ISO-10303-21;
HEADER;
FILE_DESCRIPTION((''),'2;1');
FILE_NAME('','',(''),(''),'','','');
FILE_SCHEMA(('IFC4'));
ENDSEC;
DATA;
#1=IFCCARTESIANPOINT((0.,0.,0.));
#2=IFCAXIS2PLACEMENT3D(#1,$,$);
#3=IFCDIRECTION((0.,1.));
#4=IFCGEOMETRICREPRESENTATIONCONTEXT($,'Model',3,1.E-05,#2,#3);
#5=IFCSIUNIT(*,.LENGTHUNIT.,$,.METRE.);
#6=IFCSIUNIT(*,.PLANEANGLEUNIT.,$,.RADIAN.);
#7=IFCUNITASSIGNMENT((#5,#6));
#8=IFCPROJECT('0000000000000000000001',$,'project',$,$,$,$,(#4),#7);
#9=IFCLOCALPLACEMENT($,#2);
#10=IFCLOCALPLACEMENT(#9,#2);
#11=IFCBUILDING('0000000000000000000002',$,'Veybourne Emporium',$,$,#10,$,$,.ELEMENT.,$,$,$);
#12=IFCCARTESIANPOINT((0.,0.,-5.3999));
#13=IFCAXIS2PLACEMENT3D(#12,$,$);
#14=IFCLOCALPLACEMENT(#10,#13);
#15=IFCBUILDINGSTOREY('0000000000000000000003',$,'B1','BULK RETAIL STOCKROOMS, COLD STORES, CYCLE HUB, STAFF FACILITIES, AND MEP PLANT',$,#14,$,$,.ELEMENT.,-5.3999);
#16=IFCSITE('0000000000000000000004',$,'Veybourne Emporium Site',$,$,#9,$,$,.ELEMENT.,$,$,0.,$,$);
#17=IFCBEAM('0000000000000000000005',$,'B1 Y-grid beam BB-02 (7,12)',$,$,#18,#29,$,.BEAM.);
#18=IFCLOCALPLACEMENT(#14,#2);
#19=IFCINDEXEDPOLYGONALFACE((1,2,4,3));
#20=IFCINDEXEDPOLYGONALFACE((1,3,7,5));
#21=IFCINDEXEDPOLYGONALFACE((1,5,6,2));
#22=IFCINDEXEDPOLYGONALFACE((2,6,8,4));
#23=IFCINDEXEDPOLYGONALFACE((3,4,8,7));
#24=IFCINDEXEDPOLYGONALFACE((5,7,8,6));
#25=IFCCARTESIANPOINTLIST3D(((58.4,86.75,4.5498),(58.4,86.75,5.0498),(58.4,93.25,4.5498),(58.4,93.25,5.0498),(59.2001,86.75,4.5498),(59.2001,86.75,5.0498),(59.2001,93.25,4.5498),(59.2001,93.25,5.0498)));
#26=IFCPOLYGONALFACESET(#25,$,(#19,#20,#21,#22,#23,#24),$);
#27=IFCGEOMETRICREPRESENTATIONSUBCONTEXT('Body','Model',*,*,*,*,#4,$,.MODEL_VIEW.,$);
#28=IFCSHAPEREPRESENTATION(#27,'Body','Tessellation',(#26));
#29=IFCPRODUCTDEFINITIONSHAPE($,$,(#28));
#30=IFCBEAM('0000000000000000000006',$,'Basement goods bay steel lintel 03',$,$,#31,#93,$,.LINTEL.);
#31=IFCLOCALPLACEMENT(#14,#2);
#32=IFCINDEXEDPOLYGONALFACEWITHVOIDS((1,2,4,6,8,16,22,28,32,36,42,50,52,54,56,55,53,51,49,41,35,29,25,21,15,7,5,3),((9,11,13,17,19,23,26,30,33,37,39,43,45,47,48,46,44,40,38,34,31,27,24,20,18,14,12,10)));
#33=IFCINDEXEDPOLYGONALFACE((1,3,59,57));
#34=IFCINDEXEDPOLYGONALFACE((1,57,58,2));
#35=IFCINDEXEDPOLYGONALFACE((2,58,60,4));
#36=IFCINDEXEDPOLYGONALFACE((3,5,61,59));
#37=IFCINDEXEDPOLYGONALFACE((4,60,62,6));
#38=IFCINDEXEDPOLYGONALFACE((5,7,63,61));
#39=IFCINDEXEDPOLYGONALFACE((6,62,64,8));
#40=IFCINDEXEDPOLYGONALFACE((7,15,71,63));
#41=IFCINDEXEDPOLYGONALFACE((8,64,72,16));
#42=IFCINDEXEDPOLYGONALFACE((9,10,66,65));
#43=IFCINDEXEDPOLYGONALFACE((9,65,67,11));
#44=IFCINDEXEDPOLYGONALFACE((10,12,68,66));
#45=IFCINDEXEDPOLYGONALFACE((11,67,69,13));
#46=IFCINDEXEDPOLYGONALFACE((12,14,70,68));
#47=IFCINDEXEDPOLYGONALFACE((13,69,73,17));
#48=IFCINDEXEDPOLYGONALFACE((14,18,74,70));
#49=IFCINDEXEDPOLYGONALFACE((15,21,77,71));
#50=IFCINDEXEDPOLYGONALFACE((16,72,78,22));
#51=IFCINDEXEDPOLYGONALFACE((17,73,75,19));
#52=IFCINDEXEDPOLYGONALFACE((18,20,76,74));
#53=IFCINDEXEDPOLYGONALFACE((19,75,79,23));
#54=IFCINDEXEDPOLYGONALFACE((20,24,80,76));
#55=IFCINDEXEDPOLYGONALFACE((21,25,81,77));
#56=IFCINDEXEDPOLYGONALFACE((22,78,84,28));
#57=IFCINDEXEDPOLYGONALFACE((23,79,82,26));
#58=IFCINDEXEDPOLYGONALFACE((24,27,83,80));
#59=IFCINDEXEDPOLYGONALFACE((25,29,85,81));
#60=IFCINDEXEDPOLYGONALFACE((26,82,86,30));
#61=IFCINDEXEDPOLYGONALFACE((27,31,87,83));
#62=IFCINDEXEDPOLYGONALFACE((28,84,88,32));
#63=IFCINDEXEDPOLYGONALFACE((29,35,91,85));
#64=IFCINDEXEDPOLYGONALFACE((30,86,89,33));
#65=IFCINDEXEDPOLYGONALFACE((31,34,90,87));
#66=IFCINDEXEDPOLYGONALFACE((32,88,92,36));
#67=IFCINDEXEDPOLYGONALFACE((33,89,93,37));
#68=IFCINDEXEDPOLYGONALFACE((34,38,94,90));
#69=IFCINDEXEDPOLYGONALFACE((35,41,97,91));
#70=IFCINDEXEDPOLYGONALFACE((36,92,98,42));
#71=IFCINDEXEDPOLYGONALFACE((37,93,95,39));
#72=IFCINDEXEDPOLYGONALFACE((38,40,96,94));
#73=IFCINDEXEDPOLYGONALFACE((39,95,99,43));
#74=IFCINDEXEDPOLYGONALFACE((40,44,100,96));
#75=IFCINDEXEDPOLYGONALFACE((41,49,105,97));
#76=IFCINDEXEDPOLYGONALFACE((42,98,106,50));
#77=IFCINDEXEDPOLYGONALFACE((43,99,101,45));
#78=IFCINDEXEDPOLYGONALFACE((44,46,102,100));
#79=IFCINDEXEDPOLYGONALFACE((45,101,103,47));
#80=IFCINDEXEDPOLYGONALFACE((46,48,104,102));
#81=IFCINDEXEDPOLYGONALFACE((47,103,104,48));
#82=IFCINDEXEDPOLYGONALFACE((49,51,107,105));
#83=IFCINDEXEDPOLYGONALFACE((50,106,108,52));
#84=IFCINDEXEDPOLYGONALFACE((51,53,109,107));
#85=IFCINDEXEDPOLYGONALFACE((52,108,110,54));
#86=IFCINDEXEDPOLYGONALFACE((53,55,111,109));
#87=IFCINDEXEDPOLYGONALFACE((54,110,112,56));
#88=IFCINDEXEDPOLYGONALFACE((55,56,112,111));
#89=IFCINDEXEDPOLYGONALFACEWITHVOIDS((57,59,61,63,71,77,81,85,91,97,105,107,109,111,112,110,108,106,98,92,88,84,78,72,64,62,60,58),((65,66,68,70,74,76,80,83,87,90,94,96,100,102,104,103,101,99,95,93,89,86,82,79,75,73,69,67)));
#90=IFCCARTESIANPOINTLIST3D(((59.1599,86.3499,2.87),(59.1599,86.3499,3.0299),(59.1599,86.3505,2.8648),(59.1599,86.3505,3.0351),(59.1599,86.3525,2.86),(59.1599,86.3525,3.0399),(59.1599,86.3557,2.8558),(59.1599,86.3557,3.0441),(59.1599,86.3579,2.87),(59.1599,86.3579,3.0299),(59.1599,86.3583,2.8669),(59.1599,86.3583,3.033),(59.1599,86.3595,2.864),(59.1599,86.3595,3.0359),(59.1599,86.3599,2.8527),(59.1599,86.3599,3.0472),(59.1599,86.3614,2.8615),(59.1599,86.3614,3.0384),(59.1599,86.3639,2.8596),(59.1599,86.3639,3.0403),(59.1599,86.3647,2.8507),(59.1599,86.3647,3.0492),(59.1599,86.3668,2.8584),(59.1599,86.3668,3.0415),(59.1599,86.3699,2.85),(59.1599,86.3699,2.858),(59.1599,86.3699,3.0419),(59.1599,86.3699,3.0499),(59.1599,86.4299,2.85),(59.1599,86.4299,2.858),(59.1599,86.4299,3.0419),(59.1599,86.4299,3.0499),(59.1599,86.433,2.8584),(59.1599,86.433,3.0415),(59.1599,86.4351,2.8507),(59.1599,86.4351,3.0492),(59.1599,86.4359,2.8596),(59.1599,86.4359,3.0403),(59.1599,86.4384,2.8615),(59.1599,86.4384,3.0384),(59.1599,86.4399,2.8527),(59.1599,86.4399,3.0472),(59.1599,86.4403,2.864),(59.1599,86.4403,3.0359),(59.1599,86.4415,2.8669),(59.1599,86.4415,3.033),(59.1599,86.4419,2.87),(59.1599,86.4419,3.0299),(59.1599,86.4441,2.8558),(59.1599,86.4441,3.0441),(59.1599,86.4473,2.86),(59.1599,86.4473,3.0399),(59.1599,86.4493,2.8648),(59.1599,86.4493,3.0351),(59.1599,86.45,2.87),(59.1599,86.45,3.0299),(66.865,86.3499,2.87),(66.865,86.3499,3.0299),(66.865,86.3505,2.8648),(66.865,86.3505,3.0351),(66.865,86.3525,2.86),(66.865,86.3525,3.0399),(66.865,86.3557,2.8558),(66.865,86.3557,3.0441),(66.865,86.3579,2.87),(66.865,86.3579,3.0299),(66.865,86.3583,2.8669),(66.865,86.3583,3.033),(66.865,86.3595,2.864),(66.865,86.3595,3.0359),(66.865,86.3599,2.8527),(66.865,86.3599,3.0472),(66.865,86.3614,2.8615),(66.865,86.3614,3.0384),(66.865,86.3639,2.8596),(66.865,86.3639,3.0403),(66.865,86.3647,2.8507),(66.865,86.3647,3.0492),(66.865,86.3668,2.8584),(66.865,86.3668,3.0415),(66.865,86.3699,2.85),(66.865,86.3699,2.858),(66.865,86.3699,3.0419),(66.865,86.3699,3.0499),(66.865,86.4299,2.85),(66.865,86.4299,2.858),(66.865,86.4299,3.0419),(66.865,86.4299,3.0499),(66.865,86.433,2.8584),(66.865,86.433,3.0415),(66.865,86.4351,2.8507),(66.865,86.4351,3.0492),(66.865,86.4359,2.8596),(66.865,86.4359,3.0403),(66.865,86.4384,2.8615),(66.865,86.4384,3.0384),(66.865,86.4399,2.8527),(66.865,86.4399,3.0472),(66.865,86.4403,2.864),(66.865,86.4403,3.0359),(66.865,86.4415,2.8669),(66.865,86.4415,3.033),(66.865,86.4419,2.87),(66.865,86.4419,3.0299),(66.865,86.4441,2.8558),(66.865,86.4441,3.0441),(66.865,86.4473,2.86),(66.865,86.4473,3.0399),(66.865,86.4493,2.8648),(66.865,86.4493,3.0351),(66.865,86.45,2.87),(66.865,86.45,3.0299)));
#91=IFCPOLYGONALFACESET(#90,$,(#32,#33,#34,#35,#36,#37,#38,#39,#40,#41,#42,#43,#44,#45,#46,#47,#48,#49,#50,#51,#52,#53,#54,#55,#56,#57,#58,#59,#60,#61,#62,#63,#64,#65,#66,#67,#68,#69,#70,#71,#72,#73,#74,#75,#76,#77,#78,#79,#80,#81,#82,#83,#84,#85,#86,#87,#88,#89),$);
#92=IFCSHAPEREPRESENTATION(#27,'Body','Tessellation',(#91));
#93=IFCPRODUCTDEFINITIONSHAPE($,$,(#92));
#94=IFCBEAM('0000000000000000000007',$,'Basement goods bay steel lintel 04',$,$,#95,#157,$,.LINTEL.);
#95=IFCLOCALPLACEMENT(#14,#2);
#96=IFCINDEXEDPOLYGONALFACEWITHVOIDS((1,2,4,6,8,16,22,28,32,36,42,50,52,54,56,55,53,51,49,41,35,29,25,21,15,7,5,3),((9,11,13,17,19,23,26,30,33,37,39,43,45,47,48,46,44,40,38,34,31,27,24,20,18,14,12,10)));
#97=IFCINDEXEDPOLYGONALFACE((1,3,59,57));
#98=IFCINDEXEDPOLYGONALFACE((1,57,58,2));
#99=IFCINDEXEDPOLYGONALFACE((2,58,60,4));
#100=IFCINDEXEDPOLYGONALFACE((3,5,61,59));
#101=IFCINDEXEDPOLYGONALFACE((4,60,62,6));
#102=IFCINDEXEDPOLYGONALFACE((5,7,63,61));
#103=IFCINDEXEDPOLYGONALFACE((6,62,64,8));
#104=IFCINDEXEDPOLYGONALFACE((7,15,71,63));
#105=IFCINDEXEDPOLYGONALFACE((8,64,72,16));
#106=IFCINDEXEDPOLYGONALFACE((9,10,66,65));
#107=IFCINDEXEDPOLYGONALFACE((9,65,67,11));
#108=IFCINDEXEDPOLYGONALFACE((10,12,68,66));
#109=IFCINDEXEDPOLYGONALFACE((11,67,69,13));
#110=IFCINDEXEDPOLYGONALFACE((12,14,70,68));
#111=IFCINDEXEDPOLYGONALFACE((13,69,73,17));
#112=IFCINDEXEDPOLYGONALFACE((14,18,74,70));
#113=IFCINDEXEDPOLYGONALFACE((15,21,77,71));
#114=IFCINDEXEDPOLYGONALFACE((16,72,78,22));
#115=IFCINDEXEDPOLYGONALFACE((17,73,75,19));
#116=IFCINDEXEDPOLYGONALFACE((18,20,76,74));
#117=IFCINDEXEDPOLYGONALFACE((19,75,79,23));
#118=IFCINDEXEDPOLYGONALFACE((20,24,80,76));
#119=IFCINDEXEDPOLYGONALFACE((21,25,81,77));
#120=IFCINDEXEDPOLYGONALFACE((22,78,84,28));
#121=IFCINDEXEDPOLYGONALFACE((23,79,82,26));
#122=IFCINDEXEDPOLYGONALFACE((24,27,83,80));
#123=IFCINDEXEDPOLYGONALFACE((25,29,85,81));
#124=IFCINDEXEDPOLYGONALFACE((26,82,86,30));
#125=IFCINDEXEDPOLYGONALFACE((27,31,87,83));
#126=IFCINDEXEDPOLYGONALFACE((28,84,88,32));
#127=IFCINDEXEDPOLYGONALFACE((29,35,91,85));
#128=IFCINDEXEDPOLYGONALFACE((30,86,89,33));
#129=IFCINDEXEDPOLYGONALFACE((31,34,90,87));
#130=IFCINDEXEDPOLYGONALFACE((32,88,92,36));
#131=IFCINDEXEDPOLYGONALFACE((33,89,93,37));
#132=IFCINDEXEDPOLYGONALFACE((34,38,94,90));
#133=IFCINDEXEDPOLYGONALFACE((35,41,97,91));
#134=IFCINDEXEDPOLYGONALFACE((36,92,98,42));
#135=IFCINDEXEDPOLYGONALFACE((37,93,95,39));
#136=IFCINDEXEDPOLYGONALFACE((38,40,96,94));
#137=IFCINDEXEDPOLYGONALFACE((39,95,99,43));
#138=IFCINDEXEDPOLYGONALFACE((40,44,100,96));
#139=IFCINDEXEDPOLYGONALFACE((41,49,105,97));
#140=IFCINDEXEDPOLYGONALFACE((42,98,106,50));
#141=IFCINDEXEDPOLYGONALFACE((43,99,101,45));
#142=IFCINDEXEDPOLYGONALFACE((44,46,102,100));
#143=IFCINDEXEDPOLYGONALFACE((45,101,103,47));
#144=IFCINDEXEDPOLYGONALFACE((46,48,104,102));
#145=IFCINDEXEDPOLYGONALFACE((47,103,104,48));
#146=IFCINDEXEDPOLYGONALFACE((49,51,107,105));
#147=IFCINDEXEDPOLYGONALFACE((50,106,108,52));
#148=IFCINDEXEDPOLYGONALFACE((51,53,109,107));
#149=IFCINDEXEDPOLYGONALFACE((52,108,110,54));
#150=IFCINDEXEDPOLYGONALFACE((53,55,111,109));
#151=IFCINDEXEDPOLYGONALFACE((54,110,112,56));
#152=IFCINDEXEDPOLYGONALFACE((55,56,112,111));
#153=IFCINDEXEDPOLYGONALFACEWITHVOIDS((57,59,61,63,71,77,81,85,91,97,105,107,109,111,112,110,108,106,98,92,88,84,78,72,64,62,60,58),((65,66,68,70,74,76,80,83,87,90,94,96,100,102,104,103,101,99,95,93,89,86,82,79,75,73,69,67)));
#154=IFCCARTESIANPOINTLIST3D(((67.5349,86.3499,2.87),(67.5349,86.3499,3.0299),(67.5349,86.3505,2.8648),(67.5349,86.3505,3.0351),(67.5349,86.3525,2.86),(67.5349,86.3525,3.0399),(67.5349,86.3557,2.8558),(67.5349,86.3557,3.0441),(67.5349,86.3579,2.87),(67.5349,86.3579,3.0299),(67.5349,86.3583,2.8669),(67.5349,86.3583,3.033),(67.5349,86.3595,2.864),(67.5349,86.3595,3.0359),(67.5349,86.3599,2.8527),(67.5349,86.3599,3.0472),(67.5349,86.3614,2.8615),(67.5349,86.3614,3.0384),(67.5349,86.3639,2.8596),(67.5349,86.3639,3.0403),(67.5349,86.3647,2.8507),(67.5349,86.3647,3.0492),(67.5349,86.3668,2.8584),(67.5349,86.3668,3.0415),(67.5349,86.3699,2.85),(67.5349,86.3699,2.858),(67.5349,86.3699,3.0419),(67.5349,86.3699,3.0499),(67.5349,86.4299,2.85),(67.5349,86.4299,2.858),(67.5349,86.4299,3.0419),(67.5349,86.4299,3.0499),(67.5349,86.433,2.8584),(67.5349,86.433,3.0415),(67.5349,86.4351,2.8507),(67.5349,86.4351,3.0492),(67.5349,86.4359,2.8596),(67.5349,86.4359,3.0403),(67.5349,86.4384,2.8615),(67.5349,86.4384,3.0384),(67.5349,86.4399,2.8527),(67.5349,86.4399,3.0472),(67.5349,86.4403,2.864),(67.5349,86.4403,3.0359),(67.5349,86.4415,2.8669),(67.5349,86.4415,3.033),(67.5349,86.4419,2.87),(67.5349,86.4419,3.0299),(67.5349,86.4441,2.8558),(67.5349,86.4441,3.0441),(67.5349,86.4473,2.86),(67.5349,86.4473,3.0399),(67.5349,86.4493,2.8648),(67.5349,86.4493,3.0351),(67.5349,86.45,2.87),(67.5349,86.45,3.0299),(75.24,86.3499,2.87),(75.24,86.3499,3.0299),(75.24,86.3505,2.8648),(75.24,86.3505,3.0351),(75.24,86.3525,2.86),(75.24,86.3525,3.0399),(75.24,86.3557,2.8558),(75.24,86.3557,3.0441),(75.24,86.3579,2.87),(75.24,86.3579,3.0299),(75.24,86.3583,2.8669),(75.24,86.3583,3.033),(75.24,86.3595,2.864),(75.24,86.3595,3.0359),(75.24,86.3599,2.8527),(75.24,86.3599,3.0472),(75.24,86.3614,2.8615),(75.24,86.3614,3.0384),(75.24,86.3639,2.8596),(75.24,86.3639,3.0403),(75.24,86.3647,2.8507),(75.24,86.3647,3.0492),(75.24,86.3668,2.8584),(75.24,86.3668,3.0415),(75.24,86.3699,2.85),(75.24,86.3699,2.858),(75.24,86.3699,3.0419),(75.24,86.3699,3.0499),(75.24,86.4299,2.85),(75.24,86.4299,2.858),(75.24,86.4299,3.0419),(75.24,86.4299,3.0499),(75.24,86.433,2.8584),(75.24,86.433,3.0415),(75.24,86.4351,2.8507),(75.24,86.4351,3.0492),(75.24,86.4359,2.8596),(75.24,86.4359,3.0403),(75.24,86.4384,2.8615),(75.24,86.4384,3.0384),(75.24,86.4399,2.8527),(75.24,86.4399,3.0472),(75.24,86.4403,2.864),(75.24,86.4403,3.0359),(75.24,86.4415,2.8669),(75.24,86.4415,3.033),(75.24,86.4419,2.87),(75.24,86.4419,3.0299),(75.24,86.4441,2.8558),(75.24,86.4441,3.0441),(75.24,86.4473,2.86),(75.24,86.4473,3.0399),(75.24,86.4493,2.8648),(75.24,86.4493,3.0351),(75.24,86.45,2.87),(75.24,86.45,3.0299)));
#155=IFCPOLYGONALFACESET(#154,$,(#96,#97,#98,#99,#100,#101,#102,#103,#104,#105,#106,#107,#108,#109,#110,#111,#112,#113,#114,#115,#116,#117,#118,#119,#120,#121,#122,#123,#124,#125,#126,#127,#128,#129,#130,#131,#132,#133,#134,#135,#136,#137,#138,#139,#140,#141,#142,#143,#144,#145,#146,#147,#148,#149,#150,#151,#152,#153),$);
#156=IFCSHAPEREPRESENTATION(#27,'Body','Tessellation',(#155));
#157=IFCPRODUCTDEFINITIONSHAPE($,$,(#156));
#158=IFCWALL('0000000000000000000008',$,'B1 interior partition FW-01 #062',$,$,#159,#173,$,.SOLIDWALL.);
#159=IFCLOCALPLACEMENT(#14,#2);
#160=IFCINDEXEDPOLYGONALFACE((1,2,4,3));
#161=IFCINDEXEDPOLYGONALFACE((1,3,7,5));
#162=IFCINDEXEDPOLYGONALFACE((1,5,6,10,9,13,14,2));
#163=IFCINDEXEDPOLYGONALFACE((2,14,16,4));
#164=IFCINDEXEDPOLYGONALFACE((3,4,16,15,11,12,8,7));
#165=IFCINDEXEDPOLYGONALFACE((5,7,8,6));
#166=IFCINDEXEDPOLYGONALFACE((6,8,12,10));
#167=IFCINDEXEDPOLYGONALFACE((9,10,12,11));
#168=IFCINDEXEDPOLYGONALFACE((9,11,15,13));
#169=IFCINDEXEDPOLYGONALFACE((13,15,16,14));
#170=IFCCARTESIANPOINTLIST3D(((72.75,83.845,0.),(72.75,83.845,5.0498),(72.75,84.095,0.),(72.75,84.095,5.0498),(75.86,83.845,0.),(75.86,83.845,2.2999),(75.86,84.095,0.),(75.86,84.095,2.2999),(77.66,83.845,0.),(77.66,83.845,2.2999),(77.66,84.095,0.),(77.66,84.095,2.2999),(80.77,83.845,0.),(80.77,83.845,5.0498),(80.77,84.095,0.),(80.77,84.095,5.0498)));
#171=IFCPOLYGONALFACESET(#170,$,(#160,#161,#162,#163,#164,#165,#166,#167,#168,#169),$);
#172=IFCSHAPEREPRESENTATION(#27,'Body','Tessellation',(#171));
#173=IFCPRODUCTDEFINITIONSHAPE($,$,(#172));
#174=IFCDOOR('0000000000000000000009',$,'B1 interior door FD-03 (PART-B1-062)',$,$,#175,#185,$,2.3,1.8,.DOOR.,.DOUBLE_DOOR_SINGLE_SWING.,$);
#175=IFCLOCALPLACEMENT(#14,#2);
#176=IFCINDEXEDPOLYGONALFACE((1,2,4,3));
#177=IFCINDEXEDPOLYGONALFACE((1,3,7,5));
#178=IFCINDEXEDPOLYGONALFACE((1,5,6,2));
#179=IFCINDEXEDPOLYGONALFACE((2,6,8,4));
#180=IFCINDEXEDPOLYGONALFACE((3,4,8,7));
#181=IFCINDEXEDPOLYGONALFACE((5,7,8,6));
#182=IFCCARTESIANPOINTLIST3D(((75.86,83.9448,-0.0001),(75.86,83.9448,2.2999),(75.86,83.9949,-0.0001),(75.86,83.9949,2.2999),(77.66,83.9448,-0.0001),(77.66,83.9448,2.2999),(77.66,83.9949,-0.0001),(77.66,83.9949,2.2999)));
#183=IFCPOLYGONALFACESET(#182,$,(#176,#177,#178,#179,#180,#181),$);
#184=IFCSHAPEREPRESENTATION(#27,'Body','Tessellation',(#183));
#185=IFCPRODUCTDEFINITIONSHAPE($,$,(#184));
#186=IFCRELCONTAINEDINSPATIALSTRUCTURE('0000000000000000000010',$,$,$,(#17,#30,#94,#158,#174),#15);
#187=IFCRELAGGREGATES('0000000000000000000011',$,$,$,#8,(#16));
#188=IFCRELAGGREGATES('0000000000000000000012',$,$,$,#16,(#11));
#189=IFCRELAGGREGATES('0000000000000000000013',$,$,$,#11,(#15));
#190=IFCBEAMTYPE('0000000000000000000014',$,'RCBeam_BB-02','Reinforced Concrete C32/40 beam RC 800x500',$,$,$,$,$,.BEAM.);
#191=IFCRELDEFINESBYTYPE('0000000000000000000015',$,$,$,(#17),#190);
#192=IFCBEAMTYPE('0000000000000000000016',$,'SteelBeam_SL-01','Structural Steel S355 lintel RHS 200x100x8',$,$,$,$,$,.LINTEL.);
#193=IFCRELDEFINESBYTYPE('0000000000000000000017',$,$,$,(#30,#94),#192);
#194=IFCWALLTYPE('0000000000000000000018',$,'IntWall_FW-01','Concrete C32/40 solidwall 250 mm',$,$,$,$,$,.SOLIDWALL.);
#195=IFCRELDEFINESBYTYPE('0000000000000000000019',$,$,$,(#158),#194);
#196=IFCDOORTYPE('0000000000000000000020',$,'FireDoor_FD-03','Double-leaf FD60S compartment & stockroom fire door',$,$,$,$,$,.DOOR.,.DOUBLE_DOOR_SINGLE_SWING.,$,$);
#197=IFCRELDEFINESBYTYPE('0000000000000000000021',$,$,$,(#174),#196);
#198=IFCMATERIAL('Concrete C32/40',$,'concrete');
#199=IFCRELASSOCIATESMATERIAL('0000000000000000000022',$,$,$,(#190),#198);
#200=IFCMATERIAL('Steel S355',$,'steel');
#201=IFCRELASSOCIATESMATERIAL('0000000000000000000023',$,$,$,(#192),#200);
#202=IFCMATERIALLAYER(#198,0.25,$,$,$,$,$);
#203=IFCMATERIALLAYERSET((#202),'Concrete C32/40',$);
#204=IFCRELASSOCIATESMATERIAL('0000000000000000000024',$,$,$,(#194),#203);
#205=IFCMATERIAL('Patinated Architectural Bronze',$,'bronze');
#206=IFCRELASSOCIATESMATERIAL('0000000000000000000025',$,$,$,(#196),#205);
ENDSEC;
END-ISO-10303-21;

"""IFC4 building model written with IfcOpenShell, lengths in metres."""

from ifc_helpers import new_model, si_unit, direction, frame, frame_2d, origin, origin_2d, place, context, subcontext, project, spatial, rectangle, hollow_rectangle, extrude, material, layer, layer_set, material_profile, profile_set, type_object, element, fill, save


model = new_model("IFC4")

# Units and contexts
model_context = context("Model", 3, precision=1e-05, world=origin(), true_north=direction((0.0, 1.0)))
body_context = subcontext(model_context, "Body", "Model", "MODEL_VIEW")
ifc_project = project(units=[si_unit("LENGTHUNIT", "METRE"), si_unit("PLANEANGLEUNIT", "RADIAN")], contexts=[model_context])

# Site, building, storey
site_placement = place(None, origin())
site = spatial("IfcSite", under=ifc_project, at=site_placement, Name="Veybourne Emporium Site", CompositionType="ELEMENT", RefElevation=0.0)
building_placement = place(site_placement, origin())
building = spatial("IfcBuilding", under=site, at=building_placement, Name="Veybourne Emporium", CompositionType="ELEMENT")
storey_placement = place(building_placement, frame((0.0, 0.0, -5.3999)))
storey = spatial("IfcBuildingStorey", under=building, at=storey_placement, Name="B1", Description="BULK RETAIL STOCKROOMS, COLD STORES, CYCLE HUB, STAFF FACILITIES, AND MEP PLANT", CompositionType="ELEMENT", Elevation=-5.3999)

# Beams
ifc_material_1 = material(Name="Concrete C32/40", Category="concrete")
ifc_material_profile_1 = material_profile(ifc_material_1, rectangle(XDim=0.8, YDim=0.5, at=origin_2d()), Name="RC 800x500")
ifc_profile_set_1 = profile_set([ifc_material_profile_1], Name="Concrete C32/40")
beam_type_1 = type_object("IfcBeamType", Name="RCBeam_BB-02", Description="Reinforced Concrete C32/40 beam RC 800x500", PredefinedType="BEAM", material=ifc_profile_set_1)
beam_placement = place(storey_placement, frame((58.8, 86.75, 4.7998), z_axis=(0.0, 1.0, 0.0), x_axis=(-1.0, 0.0, 0.0)))
element("IfcBeam", 1, at=beam_placement, inside=storey, type_object=beam_type_1, Name="B1 Y-grid beam BB-02 (7,12)", PredefinedType="BEAM", context=body_context, shape_type="SweptSolid", body=[
    extrude(rectangle(XDim=0.8, YDim=0.5, at=origin_2d()), origin(), (0.0, 0.0, 1.0), 6.5),
])
ifc_material_2 = material(Name="Steel S355", Category="steel")
ifc_material_profile_2 = material_profile(ifc_material_2, hollow_rectangle(XDim=0.1001, YDim=0.2, WallThickness=0.0081, InnerFilletRadius=0.012, OuterFilletRadius=0.02, at=origin_2d()), Name="RHS 200x100x8")
ifc_profile_set_2 = profile_set([ifc_material_profile_2], Name="Steel S355")
beam_type_2 = type_object("IfcBeamType", Name="SteelBeam_SL-01", Description="Structural Steel S355 lintel RHS 200x100x8", PredefinedType="LINTEL", material=ifc_profile_set_2)
for number, where, z_axis, x_axis, name in (
    (2, (59.1599, 86.3999, 2.95), (1.0, 0.0, 0.0), (0.0, 1.0, 0.0), "Basement goods bay steel lintel 03"),
    (3, (67.5349, 86.3999, 2.95), (1.0, 0.0, 0.0), (0.0, 1.0, 0.0), "Basement goods bay steel lintel 04"),
):
    element("IfcBeam", number, at=place(storey_placement, frame(where, z_axis=z_axis, x_axis=x_axis)), inside=storey, type_object=beam_type_2, Name=name, PredefinedType="LINTEL", context=body_context, shape_type="SweptSolid", body=[
        extrude(hollow_rectangle(XDim=0.1001, YDim=0.2, WallThickness=0.0081, InnerFilletRadius=0.012, OuterFilletRadius=0.02, at=origin_2d()), origin(), (0.0, 0.0, 1.0), 7.7051),
    ])

# Wall, opening, door
ifc_layer_1 = layer(ifc_material_1, 0.25)
ifc_layer_set_1 = layer_set([ifc_layer_1], Name="Concrete C32/40")
wall_type_1 = type_object("IfcWallType", Name="IntWall_FW-01", Description="Concrete C32/40 solidwall 250 mm", PredefinedType="SOLIDWALL", material=ifc_layer_set_1)
wall_1_placement = place(storey_placement, frame((72.75, 83.97, 0.0), z_axis=(0.0, 0.0, 1.0), x_axis=(1.0, 0.0, 0.0)))
wall_1 = element("IfcWall", 4, at=wall_1_placement, inside=storey, type_object=wall_type_1, Name="B1 interior partition FW-01 #062", PredefinedType="SOLIDWALL", context=body_context, shape_type="SweptSolid", body=[
    extrude(rectangle(XDim=8.02, YDim=0.25, at=frame_2d((4.01, 0.0))), origin(), (0.0, 0.0, 1.0), 5.0498),
])
opening_1_placement = place(wall_1_placement, frame((3.1101, 0.0, 0.0)))
opening_1 = element("IfcOpeningElement", 5, at=opening_1_placement, cuts=wall_1, PredefinedType="OPENING", context=body_context, shape_type="SweptSolid", body=[
    extrude(rectangle(XDim=1.8, YDim=2.3, at=frame_2d((0.8999, 1.1499))), frame((0.0, 0.145, 0.0), z_axis=(0.0, -1.0, 0.0), x_axis=(1.0, 0.0, 0.0)), (0.0, 0.0, 1.0), 0.29),
])
ifc_material_3 = material(Name="Patinated Architectural Bronze", Category="bronze")
door_type_1 = type_object("IfcDoorType", Name="FireDoor_FD-03", Description="Double-leaf FD60S compartment & stockroom fire door", OperationType="DOUBLE_DOOR_SINGLE_SWING", PredefinedType="DOOR", material=ifc_material_3)
door_1_placement = place(opening_1_placement, origin())
door_1 = element("IfcDoor", 6, at=door_1_placement, inside=storey, type_object=door_type_1, Name="B1 interior door FD-03 (PART-B1-062)", OperationType="DOUBLE_DOOR_SINGLE_SWING", OverallHeight=2.3, OverallWidth=1.8, PredefinedType="DOOR", context=body_context, shape_type="SweptSolid", body=[
    extrude(rectangle(XDim=1.8, YDim=2.3, at=frame_2d((0.8999, 1.1499))), frame((0.0, 0.0249, 0.0), z_axis=(0.0, -1.0, 0.0), x_axis=(1.0, 0.0, 0.0)), (0.0, 0.0, 1.0), 0.05),
])
fill(opening_1, door_1)

save(model, "model.ifc")
